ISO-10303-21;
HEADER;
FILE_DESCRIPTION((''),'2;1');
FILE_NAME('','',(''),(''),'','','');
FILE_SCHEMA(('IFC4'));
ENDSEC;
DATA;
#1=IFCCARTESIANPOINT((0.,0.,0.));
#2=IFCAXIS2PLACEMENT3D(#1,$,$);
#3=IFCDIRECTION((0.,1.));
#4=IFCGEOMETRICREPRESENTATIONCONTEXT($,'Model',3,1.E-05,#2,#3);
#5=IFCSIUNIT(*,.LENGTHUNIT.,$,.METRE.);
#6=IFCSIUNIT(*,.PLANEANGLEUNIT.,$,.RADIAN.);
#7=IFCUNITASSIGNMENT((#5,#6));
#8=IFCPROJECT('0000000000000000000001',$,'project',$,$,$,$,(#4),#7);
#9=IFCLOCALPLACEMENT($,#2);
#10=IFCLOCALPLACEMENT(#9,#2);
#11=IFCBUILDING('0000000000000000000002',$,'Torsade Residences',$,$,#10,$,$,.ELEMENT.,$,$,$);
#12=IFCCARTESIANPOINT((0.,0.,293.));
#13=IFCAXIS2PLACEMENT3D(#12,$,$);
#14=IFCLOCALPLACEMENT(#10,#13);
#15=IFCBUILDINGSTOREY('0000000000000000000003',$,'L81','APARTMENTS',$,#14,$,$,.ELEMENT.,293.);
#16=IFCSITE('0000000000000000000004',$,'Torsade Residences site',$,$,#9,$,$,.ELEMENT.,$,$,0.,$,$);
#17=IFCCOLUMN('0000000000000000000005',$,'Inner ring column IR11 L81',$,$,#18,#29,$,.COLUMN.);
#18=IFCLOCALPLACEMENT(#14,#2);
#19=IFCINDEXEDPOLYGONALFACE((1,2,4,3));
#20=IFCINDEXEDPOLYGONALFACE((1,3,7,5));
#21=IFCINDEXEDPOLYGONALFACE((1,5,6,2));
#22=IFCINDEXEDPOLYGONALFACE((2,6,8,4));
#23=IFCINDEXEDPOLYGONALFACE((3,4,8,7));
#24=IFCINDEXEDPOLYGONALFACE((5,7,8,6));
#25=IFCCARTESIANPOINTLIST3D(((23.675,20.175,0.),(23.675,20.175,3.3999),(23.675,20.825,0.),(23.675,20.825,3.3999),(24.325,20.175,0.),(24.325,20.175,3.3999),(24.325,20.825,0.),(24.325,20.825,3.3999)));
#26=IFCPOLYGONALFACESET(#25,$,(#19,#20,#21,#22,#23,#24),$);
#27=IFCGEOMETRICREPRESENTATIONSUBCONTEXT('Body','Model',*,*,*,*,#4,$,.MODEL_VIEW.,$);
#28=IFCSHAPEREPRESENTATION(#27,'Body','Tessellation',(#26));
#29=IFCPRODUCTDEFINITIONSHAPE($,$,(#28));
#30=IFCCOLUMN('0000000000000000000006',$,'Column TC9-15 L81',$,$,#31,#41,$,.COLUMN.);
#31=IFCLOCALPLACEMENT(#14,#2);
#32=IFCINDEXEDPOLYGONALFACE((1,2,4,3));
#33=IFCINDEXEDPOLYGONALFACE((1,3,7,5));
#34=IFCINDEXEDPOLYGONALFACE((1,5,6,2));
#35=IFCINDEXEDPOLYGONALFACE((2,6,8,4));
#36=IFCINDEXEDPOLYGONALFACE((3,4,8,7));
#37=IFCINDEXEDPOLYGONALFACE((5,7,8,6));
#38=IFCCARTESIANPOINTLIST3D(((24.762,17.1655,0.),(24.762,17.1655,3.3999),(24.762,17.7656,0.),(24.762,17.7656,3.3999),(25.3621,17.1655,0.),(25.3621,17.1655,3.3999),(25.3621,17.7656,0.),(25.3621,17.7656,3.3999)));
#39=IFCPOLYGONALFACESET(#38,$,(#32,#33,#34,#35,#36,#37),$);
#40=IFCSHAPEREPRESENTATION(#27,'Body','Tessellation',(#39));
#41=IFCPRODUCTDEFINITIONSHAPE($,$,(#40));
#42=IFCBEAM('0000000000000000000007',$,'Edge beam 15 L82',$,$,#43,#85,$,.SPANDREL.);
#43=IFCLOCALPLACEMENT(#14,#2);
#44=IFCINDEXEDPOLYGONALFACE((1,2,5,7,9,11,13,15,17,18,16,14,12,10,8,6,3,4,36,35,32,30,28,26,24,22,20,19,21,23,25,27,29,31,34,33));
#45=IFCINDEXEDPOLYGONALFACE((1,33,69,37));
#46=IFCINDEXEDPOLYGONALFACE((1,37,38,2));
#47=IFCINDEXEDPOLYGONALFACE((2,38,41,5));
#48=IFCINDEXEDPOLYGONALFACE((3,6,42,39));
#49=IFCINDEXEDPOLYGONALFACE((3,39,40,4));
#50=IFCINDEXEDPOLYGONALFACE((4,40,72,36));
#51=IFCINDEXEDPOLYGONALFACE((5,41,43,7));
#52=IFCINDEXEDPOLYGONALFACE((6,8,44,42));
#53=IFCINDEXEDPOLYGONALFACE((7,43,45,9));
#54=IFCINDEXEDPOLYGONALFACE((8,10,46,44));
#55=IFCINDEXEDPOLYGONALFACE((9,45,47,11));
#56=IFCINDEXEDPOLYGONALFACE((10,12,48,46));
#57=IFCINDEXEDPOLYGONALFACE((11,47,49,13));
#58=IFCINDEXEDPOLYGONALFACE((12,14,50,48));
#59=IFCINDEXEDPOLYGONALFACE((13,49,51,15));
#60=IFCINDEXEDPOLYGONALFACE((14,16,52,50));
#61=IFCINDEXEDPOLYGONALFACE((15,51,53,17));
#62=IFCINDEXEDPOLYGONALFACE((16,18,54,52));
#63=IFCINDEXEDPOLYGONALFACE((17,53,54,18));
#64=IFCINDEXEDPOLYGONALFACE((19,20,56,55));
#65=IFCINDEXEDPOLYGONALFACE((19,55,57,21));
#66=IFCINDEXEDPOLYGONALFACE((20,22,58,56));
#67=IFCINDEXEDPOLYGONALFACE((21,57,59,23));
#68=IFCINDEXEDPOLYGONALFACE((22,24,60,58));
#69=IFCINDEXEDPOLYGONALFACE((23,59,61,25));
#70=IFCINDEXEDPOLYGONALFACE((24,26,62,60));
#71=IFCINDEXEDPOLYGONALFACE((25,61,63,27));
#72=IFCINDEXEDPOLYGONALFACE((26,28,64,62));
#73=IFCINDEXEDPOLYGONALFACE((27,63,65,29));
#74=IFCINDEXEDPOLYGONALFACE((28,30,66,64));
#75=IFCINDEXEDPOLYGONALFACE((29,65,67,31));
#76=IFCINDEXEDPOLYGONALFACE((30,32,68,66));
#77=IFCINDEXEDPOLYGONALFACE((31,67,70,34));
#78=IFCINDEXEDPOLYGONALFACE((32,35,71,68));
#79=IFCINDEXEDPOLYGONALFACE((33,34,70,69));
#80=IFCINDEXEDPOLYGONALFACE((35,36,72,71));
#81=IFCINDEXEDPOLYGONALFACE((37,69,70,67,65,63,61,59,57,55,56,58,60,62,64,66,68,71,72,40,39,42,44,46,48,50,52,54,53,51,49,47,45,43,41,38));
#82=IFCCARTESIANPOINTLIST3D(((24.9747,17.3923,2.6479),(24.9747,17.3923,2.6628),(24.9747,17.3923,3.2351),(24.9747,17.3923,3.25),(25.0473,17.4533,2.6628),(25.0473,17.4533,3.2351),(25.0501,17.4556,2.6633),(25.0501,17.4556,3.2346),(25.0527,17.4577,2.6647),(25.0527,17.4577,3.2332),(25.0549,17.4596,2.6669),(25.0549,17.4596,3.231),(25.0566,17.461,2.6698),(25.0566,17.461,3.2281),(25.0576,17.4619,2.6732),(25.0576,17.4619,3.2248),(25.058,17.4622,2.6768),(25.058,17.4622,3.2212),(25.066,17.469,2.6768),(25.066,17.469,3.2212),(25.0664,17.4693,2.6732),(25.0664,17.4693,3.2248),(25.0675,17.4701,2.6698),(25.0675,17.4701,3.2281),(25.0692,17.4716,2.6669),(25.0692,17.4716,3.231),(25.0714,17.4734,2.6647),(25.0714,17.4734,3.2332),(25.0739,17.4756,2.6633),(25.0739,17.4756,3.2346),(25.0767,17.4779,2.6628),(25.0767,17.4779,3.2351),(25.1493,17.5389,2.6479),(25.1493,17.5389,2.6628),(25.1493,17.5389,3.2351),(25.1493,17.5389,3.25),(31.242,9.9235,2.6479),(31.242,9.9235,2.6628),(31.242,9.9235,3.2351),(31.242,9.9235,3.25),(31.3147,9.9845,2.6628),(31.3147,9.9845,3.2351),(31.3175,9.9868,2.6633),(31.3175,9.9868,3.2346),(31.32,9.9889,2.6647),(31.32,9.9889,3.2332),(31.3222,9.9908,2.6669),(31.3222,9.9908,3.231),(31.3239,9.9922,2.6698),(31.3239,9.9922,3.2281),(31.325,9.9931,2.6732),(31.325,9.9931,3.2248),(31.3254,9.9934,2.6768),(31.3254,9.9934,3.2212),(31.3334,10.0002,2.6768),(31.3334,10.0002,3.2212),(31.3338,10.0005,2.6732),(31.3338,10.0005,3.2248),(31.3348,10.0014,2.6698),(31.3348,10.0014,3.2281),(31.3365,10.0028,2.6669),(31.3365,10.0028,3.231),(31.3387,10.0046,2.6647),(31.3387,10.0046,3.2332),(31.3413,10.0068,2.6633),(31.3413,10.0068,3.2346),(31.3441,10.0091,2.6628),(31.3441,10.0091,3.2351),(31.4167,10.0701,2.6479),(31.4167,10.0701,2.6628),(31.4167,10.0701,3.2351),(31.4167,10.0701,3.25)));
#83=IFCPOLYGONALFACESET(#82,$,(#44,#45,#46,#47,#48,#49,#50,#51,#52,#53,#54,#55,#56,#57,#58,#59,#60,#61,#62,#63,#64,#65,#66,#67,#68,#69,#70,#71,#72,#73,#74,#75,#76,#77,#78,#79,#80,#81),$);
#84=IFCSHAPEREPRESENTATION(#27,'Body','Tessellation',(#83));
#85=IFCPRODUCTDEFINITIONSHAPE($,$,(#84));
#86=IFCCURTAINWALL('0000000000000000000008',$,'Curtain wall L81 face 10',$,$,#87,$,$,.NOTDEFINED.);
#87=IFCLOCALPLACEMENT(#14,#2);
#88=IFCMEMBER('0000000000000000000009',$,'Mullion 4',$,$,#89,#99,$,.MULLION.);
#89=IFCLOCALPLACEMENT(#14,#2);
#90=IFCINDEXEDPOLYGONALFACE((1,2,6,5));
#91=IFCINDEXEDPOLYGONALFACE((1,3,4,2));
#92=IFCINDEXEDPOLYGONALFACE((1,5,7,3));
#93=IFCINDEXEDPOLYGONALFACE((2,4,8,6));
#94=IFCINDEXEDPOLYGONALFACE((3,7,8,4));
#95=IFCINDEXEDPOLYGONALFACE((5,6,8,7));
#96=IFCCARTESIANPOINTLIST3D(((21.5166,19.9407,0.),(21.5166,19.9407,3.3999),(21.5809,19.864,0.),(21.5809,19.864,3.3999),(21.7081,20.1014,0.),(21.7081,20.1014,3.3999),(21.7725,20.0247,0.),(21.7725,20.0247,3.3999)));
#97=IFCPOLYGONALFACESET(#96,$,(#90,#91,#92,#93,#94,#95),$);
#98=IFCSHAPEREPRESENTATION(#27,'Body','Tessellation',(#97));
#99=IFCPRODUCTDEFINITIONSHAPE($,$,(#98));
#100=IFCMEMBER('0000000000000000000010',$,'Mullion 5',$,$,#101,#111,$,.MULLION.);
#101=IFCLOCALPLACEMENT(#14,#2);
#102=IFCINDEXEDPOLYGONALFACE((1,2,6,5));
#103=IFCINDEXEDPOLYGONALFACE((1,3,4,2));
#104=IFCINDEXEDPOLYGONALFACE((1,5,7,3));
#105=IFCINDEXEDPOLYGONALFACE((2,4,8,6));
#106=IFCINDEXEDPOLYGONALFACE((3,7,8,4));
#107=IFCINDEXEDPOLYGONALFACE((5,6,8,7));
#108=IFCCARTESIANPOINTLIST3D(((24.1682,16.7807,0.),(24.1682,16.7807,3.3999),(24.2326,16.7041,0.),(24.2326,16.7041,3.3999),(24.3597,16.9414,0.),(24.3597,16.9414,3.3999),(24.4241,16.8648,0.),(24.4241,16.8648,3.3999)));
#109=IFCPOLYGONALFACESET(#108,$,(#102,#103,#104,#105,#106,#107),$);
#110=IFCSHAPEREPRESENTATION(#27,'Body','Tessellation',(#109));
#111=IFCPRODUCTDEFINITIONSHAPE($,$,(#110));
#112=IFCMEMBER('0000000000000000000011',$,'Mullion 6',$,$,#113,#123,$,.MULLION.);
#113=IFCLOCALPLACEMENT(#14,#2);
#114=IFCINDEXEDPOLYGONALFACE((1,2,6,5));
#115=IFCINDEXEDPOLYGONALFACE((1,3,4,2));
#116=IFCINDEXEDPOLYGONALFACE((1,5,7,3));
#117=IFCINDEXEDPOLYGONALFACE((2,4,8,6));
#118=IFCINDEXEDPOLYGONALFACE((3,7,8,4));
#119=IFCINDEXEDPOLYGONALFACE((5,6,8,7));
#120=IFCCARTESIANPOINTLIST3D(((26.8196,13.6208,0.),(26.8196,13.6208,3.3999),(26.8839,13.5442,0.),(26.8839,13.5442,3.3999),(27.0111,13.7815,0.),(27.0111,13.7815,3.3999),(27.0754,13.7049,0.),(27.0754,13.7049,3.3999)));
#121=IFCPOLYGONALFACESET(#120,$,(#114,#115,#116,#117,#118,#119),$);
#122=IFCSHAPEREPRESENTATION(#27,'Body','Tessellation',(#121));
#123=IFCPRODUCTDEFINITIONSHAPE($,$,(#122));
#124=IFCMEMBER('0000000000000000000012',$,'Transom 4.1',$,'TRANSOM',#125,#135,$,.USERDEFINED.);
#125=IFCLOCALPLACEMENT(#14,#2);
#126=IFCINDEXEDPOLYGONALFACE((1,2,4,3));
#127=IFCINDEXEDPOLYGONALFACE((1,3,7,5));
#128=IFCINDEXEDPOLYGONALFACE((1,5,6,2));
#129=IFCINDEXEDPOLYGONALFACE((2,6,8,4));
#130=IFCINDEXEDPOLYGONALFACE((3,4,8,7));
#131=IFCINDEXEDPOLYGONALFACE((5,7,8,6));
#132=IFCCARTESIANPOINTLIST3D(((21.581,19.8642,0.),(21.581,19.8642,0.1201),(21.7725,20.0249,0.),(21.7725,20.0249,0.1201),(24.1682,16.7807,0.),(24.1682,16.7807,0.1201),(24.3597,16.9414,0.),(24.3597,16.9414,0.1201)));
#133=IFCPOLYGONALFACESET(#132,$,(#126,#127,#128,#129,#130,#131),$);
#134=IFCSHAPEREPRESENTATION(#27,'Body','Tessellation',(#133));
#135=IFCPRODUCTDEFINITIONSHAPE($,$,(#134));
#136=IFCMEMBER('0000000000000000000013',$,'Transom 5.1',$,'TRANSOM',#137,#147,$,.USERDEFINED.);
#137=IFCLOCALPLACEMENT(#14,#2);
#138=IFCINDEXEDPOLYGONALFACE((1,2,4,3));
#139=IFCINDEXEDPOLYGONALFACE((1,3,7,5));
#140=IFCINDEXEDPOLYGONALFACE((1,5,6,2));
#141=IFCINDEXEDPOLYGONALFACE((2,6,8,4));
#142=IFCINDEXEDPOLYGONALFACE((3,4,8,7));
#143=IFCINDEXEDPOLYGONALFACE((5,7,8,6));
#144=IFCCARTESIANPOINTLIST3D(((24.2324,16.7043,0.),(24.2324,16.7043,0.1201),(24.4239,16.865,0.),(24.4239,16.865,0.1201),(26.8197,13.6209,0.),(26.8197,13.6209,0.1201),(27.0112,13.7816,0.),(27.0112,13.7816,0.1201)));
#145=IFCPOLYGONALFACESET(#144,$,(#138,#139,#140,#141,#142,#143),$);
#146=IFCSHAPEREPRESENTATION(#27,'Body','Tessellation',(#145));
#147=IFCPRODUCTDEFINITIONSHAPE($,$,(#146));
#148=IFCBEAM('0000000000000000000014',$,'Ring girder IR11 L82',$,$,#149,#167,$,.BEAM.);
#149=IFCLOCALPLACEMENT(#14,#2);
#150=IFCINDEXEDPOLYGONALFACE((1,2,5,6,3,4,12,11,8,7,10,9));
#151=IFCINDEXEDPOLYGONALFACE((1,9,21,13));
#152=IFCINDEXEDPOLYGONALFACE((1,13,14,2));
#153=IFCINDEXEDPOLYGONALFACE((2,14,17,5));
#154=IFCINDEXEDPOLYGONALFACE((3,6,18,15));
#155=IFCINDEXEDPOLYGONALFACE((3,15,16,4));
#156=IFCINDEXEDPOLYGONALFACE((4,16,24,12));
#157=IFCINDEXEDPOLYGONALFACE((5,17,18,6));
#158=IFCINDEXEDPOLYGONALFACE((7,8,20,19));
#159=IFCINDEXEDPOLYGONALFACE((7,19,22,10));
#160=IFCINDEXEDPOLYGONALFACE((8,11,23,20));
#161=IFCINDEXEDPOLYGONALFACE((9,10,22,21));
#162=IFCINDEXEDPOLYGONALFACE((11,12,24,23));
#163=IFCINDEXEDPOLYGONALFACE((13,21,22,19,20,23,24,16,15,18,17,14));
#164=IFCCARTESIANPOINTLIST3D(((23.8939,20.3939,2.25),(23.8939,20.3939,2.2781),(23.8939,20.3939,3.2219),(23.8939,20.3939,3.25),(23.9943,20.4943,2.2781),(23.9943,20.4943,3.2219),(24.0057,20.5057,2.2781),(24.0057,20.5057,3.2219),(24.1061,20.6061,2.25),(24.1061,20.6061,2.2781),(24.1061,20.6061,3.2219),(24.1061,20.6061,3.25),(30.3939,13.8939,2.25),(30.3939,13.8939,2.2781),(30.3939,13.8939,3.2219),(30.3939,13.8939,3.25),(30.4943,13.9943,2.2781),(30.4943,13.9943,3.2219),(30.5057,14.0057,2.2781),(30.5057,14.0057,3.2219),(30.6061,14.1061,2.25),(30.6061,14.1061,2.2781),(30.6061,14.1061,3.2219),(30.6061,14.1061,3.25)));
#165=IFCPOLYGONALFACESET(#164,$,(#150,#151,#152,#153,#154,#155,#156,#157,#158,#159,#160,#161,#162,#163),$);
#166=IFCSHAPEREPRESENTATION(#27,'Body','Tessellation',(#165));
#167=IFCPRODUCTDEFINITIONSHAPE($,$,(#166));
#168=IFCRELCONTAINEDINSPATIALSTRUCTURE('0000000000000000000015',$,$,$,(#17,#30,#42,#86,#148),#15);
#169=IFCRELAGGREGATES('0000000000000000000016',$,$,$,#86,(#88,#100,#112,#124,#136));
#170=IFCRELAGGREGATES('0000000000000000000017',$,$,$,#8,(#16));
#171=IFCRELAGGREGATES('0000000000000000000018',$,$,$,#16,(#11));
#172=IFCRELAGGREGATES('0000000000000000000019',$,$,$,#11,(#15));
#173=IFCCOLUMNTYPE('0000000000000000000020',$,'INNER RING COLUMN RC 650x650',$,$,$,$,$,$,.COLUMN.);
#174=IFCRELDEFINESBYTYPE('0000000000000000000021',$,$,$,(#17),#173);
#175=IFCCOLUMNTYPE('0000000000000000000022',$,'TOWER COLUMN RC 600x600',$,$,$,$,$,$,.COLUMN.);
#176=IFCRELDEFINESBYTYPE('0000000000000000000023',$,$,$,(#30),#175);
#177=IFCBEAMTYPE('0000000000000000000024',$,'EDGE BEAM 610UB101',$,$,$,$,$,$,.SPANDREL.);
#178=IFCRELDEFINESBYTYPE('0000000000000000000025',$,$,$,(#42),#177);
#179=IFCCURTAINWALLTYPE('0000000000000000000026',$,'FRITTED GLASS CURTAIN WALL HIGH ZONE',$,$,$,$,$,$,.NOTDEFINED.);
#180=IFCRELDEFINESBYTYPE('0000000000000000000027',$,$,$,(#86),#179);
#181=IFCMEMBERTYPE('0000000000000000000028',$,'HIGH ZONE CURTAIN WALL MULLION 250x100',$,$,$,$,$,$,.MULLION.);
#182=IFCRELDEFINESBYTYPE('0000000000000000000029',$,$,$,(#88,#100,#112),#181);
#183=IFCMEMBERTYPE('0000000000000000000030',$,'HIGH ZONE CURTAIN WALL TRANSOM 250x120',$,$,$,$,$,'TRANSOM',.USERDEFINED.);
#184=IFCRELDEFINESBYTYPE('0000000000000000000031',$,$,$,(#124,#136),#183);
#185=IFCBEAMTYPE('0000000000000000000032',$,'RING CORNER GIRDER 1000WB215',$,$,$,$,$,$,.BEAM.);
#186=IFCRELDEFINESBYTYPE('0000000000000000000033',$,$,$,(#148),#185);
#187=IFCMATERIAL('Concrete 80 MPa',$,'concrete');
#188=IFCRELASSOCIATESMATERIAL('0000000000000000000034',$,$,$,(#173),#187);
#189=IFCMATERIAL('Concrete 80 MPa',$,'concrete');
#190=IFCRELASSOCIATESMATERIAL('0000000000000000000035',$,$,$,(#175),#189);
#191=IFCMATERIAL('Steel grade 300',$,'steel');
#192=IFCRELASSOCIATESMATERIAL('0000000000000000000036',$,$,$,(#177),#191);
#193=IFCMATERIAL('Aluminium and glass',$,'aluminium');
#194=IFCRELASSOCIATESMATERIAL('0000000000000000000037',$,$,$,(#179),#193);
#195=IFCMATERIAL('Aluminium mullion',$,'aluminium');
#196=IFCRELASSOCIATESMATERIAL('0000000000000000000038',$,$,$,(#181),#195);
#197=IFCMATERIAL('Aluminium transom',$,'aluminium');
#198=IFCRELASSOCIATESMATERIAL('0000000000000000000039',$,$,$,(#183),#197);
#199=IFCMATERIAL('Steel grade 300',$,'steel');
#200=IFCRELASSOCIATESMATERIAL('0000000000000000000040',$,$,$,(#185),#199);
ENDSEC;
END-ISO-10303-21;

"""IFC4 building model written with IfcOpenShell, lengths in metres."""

from ifc_helpers import new_model, si_unit, direction, frame, origin, origin_2d, place, context, subcontext, project, spatial, rectangle, i_section, extrude, material, material_profile, profile_set, type_object, element, aggregate, save


model = new_model("IFC4")

# Units and contexts
model_context = context("Model", 3, precision=1e-05, world=origin(), true_north=direction((0.0, 1.0)))
body_context = subcontext(model_context, "Body", "Model", "MODEL_VIEW")
ifc_project = project(units=[si_unit("LENGTHUNIT", "METRE"), si_unit("PLANEANGLEUNIT", "RADIAN")], contexts=[model_context])

# Site, building, storey
site_placement = place(None, origin())
site = spatial("IfcSite", under=ifc_project, at=site_placement, Name="Torsade Residences site", CompositionType="ELEMENT", RefElevation=0.0)
building_placement = place(site_placement, origin())
building = spatial("IfcBuilding", under=site, at=building_placement, Name="Torsade Residences", CompositionType="ELEMENT")
storey_placement = place(building_placement, frame((0.0, 0.0, 293.0)))
storey = spatial("IfcBuildingStorey", under=building, at=storey_placement, Name="L81", Description="APARTMENTS", CompositionType="ELEMENT", Elevation=293.0)

# Columns
ifc_material_1 = material(Name="Concrete 80 MPa", Category="concrete")
ifc_material_profile_1 = material_profile(ifc_material_1, rectangle(XDim=0.6499, YDim=0.6499, at=origin_2d()), Name="RC 650x650")
ifc_profile_set_1 = profile_set([ifc_material_profile_1], Name="Concrete 80 MPa")
column_type_1 = type_object("IfcColumnType", Name="INNER RING COLUMN RC 650x650", PredefinedType="COLUMN", material=ifc_profile_set_1)
column_1_placement = place(storey_placement, frame((24.0, 20.5, 0.0), z_axis=(0.0, 0.0, 1.0), x_axis=(1.0, 0.0, 0.0)))
element("IfcColumn", 1, at=column_1_placement, inside=storey, type_object=column_type_1, Name="Inner ring column IR11 L81", PredefinedType="COLUMN", context=body_context, shape_type="SweptSolid", body=[
    extrude(rectangle(XDim=0.6499, YDim=0.6499, at=origin_2d()), origin(), (0.0, 0.0, 1.0), 3.3999),
])
ifc_material_2 = material(Name="Concrete 80 MPa", Category="concrete")
ifc_material_profile_2 = material_profile(ifc_material_2, rectangle(XDim=0.6001, YDim=0.6001, at=origin_2d()), Name="RC 600x600")
ifc_profile_set_2 = profile_set([ifc_material_profile_2], Name="Concrete 80 MPa")
column_type_2 = type_object("IfcColumnType", Name="TOWER COLUMN RC 600x600", PredefinedType="COLUMN", material=ifc_profile_set_2)
column_2_placement = place(storey_placement, frame((25.062, 17.4656, 0.0), z_axis=(0.0, 0.0, 1.0), x_axis=(1.0, 0.0, 0.0)))
element("IfcColumn", 2, at=column_2_placement, inside=storey, type_object=column_type_2, Name="Column TC9-15 L81", PredefinedType="COLUMN", context=body_context, shape_type="SweptSolid", body=[
    extrude(rectangle(XDim=0.6001, YDim=0.6001, at=origin_2d()), origin(), (0.0, 0.0, 1.0), 3.3999),
])

# Beam
ifc_material_3 = material(Name="Steel grade 300", Category="steel")
ifc_material_profile_3 = material_profile(ifc_material_3, i_section(OverallWidth=0.228, OverallDepth=0.6021, WebThickness=0.0105, FlangeThickness=0.0149, FilletRadius=0.0139, at=origin_2d()), Name="610UB101")
ifc_profile_set_3 = profile_set([ifc_material_profile_3], Name="Steel grade 300")
beam_type_1 = type_object("IfcBeamType", Name="EDGE BEAM 610UB101", PredefinedType="SPANDREL", material=ifc_profile_set_3)
beam_1_placement = place(storey_placement, frame((25.062, 17.4656, 2.949), z_axis=(0.642806, -0.766029, 0.0), x_axis=(0.766029, 0.642806, 0.0)))
element("IfcBeam", 3, at=beam_1_placement, inside=storey, type_object=beam_type_1, Name="Edge beam 15 L82", PredefinedType="SPANDREL", context=body_context, shape_type="SweptSolid", body=[
    extrude(i_section(OverallWidth=0.228, OverallDepth=0.6021, WebThickness=0.0105, FlangeThickness=0.0149, FilletRadius=0.0139, at=origin_2d()), origin(), (0.0, 0.0, 1.0), 9.75),
])

# Curtain wall, members
ifc_material_4 = material(Name="Aluminium and glass", Category="aluminium")
curtain_wall_type = type_object("IfcCurtainWallType", Name="FRITTED GLASS CURTAIN WALL HIGH ZONE", PredefinedType="NOTDEFINED", material=ifc_material_4)
curtain_wall_placement = place(storey_placement, origin())
curtain_wall = element("IfcCurtainWall", 4, at=curtain_wall_placement, inside=storey, type_object=curtain_wall_type, Name="Curtain wall L81 face 10", PredefinedType="NOTDEFINED")
ifc_material_5 = material(Name="Aluminium mullion", Category="aluminium")
ifc_material_profile_4 = material_profile(ifc_material_5, rectangle(XDim=0.25, YDim=0.1001, at=origin_2d()), Name="HIGH ZONE CURTAIN WALL MULLION 250x100")
ifc_profile_set_4 = profile_set([ifc_material_profile_4], Name="Aluminium mullion")
member_type_1 = type_object("IfcMemberType", Name="HIGH ZONE CURTAIN WALL MULLION 250x100", PredefinedType="MULLION", material=ifc_profile_set_4)
member_1_placement = place(storey_placement, frame((21.6445, 19.9827, 0.0), z_axis=(0.0, 0.0, 1.0), x_axis=(0.766044, 0.642788, 0.0)))
member_1 = element("IfcMember", 5, at=member_1_placement, type_object=member_type_1, Name="Mullion 4", PredefinedType="MULLION", context=body_context, shape_type="SweptSolid", body=[
    extrude(rectangle(XDim=0.25, YDim=0.1001, at=origin_2d()), origin(), (0.0, 0.0, 1.0), 3.3999),
])
member_2_placement = place(storey_placement, frame((24.2961, 16.8228, 0.0), z_axis=(0.0, 0.0, 1.0), x_axis=(0.766044, 0.642788, 0.0)))
member_2 = element("IfcMember", 6, at=member_2_placement, type_object=member_type_1, Name="Mullion 5", PredefinedType="MULLION", context=body_context, shape_type="SweptSolid", body=[
    extrude(rectangle(XDim=0.25, YDim=0.1001, at=origin_2d()), origin(), (0.0, 0.0, 1.0), 3.3999),
])
member_3_placement = place(storey_placement, frame((26.9475, 13.6628, 0.0), z_axis=(0.0, 0.0, 1.0), x_axis=(0.766044, 0.642788, 0.0)))
member_3 = element("IfcMember", 7, at=member_3_placement, type_object=member_type_1, Name="Mullion 6", PredefinedType="MULLION", context=body_context, shape_type="SweptSolid", body=[
    extrude(rectangle(XDim=0.25, YDim=0.1001, at=origin_2d()), origin(), (0.0, 0.0, 1.0), 3.3999),
])
ifc_material_6 = material(Name="Aluminium transom", Category="aluminium")
ifc_material_profile_5 = material_profile(ifc_material_6, rectangle(XDim=0.25, YDim=0.1201, at=origin_2d()), Name="HIGH ZONE CURTAIN WALL TRANSOM 250x120")
ifc_profile_set_5 = profile_set([ifc_material_profile_5], Name="Aluminium transom")
member_type_2 = type_object("IfcMemberType", Name="HIGH ZONE CURTAIN WALL TRANSOM 250x120", ElementType="TRANSOM", PredefinedType="USERDEFINED", material=ifc_profile_set_5)
member_4_placement = place(storey_placement, frame((21.6768, 19.9446, 0.0601), z_axis=(0.642758, -0.766069, 0.0), x_axis=(0.766069, 0.642758, 0.0)))
member_4 = element("IfcMember", 8, at=member_4_placement, type_object=member_type_2, Name="Transom 4.1", ObjectType="TRANSOM", PredefinedType="USERDEFINED", context=body_context, shape_type="SweptSolid", body=[
    extrude(rectangle(XDim=0.25, YDim=0.1201, at=origin_2d()), origin(), (0.0, 0.0, 1.0), 4.0251),
])
member_5_placement = place(storey_placement, frame((24.3281, 16.7847, 0.0601), z_axis=(0.642794, -0.766039, 0.0), x_axis=(0.766039, 0.642794, 0.0)))
member_5 = element("IfcMember", 9, at=member_5_placement, type_object=member_type_2, Name="Transom 5.1", ObjectType="TRANSOM", PredefinedType="USERDEFINED", context=body_context, shape_type="SweptSolid", body=[
    extrude(rectangle(XDim=0.25, YDim=0.1201, at=origin_2d()), origin(), (0.0, 0.0, 1.0), 4.0251),
])

# Beam
ifc_material_7 = material(Name="Steel grade 300", Category="steel")
ifc_material_profile_6 = material_profile(ifc_material_7, i_section(OverallWidth=0.3, OverallDepth=1.0, WebThickness=0.0161, FlangeThickness=0.0281, at=origin_2d()), Name="1000WB215")
ifc_profile_set_6 = profile_set([ifc_material_profile_6], Name="Steel grade 300")
beam_type_2 = type_object("IfcBeamType", Name="RING CORNER GIRDER 1000WB215", PredefinedType="BEAM", material=ifc_profile_set_6)
beam_2_placement = place(storey_placement, frame((24.0, 20.5, 2.75), z_axis=(0.707107, -0.707107, 0.0), x_axis=(0.707107, 0.707107, 0.0)))
element("IfcBeam", 10, at=beam_2_placement, inside=storey, type_object=beam_type_2, Name="Ring girder IR11 L82", PredefinedType="BEAM", context=body_context, shape_type="SweptSolid", body=[
    extrude(i_section(OverallWidth=0.3, OverallDepth=1.0, WebThickness=0.0161, FlangeThickness=0.0281, at=origin_2d()), origin(), (0.0, 0.0, 1.0), 9.1924),
])

aggregate(curtain_wall, [member_1, member_2, member_3, member_4, member_5])

save(model, "model.ifc")
